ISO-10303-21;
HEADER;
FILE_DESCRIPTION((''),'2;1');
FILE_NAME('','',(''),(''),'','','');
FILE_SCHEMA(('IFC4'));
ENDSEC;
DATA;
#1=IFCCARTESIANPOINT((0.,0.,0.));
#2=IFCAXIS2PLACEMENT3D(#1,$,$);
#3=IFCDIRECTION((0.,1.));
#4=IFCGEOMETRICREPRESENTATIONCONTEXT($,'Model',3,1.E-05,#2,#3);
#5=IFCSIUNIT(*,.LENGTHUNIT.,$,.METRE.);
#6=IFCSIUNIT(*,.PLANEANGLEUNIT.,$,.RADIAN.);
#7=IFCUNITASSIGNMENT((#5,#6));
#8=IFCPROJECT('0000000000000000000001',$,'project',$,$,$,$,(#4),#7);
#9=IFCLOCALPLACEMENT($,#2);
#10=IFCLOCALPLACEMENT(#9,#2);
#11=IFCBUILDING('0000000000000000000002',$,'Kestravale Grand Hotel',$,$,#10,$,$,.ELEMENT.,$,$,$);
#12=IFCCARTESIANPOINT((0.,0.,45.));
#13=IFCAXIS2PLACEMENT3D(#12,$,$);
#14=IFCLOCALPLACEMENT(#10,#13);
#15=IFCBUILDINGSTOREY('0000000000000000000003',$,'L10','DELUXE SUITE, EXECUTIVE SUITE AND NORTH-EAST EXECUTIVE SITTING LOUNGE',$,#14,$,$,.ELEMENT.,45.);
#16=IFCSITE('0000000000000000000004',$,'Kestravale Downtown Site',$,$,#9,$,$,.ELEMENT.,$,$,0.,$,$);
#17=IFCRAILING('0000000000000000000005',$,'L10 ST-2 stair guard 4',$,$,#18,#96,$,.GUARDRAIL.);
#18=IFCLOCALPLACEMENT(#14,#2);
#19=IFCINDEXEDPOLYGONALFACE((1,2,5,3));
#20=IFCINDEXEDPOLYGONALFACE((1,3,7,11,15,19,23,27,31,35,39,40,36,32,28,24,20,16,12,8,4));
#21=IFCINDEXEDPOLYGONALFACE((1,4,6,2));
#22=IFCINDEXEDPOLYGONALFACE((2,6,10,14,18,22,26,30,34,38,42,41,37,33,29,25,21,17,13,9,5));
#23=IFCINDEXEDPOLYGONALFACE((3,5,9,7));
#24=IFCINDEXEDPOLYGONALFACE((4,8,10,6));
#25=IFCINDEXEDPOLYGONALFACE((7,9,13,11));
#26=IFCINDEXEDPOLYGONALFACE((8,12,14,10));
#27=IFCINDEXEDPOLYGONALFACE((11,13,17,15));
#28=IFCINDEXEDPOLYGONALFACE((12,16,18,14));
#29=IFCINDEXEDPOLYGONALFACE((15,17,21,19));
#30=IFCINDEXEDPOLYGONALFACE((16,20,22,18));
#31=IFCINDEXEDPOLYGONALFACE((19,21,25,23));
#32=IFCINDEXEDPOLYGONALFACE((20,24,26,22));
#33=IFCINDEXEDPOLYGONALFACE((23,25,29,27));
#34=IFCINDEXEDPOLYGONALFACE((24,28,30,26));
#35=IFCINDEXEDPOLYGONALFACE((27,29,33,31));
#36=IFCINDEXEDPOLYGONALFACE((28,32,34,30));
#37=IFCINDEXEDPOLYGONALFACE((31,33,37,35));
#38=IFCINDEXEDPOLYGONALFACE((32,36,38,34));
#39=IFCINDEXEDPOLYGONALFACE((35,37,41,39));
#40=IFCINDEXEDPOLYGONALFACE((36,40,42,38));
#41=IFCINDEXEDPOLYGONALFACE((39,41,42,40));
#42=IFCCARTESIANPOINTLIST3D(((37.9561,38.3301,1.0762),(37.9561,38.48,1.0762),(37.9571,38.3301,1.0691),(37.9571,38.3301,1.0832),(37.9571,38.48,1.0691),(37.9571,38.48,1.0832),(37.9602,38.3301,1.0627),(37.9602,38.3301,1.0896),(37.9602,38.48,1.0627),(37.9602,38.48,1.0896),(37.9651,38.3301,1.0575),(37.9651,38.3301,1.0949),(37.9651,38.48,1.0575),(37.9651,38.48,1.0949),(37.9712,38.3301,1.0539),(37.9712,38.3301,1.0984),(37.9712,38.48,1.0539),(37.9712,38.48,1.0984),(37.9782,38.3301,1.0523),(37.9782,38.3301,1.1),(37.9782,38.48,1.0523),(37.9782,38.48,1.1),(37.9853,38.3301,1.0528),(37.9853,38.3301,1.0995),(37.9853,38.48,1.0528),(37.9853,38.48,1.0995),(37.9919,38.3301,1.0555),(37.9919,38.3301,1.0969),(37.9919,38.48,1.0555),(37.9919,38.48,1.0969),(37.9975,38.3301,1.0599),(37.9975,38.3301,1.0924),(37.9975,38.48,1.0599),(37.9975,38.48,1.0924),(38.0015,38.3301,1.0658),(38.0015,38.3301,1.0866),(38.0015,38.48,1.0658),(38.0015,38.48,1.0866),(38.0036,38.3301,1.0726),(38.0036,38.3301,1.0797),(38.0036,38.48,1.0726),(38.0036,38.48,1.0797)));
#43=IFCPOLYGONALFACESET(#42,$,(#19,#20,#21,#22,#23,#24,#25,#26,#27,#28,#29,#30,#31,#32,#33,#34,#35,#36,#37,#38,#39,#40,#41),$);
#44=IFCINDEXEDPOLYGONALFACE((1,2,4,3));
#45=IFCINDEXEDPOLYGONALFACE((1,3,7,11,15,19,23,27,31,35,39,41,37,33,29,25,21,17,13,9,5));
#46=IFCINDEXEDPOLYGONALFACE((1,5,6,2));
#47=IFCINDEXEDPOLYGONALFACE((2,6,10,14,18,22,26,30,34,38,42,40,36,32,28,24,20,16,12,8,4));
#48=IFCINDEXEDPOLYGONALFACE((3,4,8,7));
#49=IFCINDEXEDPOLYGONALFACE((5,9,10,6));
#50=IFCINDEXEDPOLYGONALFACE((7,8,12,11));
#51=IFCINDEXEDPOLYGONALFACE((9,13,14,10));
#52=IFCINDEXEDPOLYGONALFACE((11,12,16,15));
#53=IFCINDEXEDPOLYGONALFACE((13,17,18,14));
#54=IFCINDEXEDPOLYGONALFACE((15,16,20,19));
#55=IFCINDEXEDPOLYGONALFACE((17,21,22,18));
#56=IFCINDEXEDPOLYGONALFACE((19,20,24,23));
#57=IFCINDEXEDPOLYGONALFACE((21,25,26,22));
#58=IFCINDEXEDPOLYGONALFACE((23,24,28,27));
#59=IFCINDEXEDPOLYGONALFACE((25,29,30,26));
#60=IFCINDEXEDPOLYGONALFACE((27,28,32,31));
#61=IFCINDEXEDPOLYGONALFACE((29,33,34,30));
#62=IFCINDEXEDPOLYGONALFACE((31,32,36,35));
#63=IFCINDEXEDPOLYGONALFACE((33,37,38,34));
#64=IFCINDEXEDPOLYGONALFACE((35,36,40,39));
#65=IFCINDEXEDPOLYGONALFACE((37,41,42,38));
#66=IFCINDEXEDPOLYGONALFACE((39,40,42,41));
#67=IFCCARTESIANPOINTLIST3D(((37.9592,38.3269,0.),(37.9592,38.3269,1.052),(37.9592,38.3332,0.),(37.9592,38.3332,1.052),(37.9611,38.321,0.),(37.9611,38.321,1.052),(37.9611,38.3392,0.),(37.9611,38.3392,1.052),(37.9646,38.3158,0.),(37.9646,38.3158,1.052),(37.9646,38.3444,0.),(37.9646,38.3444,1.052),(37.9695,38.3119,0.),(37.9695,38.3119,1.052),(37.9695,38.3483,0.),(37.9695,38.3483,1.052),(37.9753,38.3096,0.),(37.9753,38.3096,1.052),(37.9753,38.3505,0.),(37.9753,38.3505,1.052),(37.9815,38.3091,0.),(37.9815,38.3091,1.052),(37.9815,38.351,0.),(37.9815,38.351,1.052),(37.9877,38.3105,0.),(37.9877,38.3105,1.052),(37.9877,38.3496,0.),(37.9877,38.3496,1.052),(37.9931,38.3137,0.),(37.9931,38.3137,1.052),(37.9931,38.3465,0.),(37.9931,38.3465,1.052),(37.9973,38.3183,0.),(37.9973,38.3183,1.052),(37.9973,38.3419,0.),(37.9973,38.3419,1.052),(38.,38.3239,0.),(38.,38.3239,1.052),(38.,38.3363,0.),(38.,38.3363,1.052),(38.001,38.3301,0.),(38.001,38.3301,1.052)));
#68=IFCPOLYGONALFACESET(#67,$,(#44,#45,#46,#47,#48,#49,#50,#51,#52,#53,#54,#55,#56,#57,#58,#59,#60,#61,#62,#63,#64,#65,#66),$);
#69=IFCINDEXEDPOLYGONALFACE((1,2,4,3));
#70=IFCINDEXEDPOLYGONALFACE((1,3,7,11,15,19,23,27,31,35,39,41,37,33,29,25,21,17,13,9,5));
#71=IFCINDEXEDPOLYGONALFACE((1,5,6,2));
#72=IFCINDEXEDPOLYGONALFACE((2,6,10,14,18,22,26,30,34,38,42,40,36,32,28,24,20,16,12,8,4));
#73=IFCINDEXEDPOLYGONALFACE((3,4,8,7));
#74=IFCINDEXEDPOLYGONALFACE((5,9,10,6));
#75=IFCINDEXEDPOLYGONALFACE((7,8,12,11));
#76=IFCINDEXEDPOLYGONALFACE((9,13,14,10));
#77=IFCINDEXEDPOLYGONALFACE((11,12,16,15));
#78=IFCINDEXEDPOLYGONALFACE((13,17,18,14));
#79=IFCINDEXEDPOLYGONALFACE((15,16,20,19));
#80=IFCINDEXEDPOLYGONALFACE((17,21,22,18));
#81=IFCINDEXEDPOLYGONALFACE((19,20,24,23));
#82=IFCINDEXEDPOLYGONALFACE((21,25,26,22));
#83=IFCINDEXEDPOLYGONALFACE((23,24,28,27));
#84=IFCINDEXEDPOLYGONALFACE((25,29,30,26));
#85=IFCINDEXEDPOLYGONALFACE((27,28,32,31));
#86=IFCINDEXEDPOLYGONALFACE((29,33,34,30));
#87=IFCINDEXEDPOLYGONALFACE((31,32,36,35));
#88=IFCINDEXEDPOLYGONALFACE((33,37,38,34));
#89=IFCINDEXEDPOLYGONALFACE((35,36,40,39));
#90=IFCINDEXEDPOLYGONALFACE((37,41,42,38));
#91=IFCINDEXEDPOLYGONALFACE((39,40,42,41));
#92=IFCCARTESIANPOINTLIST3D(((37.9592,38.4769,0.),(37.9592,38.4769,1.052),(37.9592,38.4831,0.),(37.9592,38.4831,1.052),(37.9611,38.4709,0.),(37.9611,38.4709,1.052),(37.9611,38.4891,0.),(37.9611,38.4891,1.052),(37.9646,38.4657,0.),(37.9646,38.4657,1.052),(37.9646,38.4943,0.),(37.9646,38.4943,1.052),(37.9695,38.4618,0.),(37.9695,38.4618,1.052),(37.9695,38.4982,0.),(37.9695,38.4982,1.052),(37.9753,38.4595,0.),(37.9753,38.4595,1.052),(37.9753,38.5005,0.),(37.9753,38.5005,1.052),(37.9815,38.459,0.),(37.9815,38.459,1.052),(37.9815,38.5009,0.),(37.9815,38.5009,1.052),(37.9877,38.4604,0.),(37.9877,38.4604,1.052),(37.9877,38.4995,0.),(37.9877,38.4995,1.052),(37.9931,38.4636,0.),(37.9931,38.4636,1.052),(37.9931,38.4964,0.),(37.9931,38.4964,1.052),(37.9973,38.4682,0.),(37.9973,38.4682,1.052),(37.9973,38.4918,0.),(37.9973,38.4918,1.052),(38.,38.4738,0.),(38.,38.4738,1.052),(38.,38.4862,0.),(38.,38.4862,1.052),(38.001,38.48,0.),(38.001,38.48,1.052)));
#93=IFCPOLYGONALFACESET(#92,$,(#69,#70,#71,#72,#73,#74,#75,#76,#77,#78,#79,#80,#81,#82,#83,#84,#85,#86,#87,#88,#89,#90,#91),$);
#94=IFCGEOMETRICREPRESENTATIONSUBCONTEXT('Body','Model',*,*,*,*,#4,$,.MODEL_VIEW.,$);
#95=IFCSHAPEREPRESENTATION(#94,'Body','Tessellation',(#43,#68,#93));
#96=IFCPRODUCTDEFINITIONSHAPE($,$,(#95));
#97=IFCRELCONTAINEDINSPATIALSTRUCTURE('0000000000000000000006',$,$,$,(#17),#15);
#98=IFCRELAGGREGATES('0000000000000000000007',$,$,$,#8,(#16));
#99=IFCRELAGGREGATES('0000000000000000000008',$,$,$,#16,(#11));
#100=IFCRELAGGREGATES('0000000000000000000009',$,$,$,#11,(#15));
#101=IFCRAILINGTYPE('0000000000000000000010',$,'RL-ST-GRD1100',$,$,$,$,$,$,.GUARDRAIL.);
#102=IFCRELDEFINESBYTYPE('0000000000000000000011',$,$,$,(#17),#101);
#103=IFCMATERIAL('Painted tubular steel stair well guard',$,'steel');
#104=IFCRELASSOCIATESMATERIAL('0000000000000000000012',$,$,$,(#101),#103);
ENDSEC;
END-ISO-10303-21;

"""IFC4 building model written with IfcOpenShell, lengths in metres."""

from ifc_helpers import new_model, si_unit, direction, frame, origin, origin_2d, place, context, subcontext, project, spatial, circle, extrude, material, type_object, element, save


model = new_model("IFC4")

# Units and contexts
model_context = context("Model", 3, precision=1e-05, world=origin(), true_north=direction((0.0, 1.0)))
body_context = subcontext(model_context, "Body", "Model", "MODEL_VIEW")
ifc_project = project(units=[si_unit("LENGTHUNIT", "METRE"), si_unit("PLANEANGLEUNIT", "RADIAN")], contexts=[model_context])

# Site, building, storey
site_placement = place(None, origin())
site = spatial("IfcSite", under=ifc_project, at=site_placement, Name="Kestravale Downtown Site", CompositionType="ELEMENT", RefElevation=0.0)
building_placement = place(site_placement, origin())
building = spatial("IfcBuilding", under=site, at=building_placement, Name="Kestravale Grand Hotel", CompositionType="ELEMENT")
storey_placement = place(building_placement, frame((0.0, 0.0, 45.0)))
storey = spatial("IfcBuildingStorey", under=building, at=storey_placement, Name="L10", Description="DELUXE SUITE, EXECUTIVE SUITE AND NORTH-EAST EXECUTIVE SITTING LOUNGE", CompositionType="ELEMENT", Elevation=45.0)

# Railing
ifc_material_1 = material(Name="Painted tubular steel stair well guard", Category="steel")
railing_type_1 = type_object("IfcRailingType", Name="RL-ST-GRD1100", PredefinedType="GUARDRAIL", material=ifc_material_1)
railing_1_placement = place(storey_placement, frame((37.98, 38.3301, 0.0)))
element("IfcRailing", 1, at=railing_1_placement, inside=storey, type_object=railing_type_1, Name="L10 ST-2 stair guard 4", PredefinedType="GUARDRAIL", context=body_context, shape_type="SweptSolid", body=[
    extrude(circle(Radius=0.0239, at=origin_2d()), frame((0.0, 0.0, 1.0762), z_axis=(0.0, 1.0, 0.0), x_axis=(-1.0, 0.0, 0.0)), (0.0, 0.0, 1.0), 0.1499),
    extrude(circle(Radius=0.021, at=origin_2d()), origin(), (0.0, 0.0, 1.0), 1.052),
    extrude(circle(Radius=0.021, at=origin_2d()), frame((0.0, 0.1499, 0.0)), (0.0, 0.0, 1.0), 1.052),
])

save(model, "model.ifc")
